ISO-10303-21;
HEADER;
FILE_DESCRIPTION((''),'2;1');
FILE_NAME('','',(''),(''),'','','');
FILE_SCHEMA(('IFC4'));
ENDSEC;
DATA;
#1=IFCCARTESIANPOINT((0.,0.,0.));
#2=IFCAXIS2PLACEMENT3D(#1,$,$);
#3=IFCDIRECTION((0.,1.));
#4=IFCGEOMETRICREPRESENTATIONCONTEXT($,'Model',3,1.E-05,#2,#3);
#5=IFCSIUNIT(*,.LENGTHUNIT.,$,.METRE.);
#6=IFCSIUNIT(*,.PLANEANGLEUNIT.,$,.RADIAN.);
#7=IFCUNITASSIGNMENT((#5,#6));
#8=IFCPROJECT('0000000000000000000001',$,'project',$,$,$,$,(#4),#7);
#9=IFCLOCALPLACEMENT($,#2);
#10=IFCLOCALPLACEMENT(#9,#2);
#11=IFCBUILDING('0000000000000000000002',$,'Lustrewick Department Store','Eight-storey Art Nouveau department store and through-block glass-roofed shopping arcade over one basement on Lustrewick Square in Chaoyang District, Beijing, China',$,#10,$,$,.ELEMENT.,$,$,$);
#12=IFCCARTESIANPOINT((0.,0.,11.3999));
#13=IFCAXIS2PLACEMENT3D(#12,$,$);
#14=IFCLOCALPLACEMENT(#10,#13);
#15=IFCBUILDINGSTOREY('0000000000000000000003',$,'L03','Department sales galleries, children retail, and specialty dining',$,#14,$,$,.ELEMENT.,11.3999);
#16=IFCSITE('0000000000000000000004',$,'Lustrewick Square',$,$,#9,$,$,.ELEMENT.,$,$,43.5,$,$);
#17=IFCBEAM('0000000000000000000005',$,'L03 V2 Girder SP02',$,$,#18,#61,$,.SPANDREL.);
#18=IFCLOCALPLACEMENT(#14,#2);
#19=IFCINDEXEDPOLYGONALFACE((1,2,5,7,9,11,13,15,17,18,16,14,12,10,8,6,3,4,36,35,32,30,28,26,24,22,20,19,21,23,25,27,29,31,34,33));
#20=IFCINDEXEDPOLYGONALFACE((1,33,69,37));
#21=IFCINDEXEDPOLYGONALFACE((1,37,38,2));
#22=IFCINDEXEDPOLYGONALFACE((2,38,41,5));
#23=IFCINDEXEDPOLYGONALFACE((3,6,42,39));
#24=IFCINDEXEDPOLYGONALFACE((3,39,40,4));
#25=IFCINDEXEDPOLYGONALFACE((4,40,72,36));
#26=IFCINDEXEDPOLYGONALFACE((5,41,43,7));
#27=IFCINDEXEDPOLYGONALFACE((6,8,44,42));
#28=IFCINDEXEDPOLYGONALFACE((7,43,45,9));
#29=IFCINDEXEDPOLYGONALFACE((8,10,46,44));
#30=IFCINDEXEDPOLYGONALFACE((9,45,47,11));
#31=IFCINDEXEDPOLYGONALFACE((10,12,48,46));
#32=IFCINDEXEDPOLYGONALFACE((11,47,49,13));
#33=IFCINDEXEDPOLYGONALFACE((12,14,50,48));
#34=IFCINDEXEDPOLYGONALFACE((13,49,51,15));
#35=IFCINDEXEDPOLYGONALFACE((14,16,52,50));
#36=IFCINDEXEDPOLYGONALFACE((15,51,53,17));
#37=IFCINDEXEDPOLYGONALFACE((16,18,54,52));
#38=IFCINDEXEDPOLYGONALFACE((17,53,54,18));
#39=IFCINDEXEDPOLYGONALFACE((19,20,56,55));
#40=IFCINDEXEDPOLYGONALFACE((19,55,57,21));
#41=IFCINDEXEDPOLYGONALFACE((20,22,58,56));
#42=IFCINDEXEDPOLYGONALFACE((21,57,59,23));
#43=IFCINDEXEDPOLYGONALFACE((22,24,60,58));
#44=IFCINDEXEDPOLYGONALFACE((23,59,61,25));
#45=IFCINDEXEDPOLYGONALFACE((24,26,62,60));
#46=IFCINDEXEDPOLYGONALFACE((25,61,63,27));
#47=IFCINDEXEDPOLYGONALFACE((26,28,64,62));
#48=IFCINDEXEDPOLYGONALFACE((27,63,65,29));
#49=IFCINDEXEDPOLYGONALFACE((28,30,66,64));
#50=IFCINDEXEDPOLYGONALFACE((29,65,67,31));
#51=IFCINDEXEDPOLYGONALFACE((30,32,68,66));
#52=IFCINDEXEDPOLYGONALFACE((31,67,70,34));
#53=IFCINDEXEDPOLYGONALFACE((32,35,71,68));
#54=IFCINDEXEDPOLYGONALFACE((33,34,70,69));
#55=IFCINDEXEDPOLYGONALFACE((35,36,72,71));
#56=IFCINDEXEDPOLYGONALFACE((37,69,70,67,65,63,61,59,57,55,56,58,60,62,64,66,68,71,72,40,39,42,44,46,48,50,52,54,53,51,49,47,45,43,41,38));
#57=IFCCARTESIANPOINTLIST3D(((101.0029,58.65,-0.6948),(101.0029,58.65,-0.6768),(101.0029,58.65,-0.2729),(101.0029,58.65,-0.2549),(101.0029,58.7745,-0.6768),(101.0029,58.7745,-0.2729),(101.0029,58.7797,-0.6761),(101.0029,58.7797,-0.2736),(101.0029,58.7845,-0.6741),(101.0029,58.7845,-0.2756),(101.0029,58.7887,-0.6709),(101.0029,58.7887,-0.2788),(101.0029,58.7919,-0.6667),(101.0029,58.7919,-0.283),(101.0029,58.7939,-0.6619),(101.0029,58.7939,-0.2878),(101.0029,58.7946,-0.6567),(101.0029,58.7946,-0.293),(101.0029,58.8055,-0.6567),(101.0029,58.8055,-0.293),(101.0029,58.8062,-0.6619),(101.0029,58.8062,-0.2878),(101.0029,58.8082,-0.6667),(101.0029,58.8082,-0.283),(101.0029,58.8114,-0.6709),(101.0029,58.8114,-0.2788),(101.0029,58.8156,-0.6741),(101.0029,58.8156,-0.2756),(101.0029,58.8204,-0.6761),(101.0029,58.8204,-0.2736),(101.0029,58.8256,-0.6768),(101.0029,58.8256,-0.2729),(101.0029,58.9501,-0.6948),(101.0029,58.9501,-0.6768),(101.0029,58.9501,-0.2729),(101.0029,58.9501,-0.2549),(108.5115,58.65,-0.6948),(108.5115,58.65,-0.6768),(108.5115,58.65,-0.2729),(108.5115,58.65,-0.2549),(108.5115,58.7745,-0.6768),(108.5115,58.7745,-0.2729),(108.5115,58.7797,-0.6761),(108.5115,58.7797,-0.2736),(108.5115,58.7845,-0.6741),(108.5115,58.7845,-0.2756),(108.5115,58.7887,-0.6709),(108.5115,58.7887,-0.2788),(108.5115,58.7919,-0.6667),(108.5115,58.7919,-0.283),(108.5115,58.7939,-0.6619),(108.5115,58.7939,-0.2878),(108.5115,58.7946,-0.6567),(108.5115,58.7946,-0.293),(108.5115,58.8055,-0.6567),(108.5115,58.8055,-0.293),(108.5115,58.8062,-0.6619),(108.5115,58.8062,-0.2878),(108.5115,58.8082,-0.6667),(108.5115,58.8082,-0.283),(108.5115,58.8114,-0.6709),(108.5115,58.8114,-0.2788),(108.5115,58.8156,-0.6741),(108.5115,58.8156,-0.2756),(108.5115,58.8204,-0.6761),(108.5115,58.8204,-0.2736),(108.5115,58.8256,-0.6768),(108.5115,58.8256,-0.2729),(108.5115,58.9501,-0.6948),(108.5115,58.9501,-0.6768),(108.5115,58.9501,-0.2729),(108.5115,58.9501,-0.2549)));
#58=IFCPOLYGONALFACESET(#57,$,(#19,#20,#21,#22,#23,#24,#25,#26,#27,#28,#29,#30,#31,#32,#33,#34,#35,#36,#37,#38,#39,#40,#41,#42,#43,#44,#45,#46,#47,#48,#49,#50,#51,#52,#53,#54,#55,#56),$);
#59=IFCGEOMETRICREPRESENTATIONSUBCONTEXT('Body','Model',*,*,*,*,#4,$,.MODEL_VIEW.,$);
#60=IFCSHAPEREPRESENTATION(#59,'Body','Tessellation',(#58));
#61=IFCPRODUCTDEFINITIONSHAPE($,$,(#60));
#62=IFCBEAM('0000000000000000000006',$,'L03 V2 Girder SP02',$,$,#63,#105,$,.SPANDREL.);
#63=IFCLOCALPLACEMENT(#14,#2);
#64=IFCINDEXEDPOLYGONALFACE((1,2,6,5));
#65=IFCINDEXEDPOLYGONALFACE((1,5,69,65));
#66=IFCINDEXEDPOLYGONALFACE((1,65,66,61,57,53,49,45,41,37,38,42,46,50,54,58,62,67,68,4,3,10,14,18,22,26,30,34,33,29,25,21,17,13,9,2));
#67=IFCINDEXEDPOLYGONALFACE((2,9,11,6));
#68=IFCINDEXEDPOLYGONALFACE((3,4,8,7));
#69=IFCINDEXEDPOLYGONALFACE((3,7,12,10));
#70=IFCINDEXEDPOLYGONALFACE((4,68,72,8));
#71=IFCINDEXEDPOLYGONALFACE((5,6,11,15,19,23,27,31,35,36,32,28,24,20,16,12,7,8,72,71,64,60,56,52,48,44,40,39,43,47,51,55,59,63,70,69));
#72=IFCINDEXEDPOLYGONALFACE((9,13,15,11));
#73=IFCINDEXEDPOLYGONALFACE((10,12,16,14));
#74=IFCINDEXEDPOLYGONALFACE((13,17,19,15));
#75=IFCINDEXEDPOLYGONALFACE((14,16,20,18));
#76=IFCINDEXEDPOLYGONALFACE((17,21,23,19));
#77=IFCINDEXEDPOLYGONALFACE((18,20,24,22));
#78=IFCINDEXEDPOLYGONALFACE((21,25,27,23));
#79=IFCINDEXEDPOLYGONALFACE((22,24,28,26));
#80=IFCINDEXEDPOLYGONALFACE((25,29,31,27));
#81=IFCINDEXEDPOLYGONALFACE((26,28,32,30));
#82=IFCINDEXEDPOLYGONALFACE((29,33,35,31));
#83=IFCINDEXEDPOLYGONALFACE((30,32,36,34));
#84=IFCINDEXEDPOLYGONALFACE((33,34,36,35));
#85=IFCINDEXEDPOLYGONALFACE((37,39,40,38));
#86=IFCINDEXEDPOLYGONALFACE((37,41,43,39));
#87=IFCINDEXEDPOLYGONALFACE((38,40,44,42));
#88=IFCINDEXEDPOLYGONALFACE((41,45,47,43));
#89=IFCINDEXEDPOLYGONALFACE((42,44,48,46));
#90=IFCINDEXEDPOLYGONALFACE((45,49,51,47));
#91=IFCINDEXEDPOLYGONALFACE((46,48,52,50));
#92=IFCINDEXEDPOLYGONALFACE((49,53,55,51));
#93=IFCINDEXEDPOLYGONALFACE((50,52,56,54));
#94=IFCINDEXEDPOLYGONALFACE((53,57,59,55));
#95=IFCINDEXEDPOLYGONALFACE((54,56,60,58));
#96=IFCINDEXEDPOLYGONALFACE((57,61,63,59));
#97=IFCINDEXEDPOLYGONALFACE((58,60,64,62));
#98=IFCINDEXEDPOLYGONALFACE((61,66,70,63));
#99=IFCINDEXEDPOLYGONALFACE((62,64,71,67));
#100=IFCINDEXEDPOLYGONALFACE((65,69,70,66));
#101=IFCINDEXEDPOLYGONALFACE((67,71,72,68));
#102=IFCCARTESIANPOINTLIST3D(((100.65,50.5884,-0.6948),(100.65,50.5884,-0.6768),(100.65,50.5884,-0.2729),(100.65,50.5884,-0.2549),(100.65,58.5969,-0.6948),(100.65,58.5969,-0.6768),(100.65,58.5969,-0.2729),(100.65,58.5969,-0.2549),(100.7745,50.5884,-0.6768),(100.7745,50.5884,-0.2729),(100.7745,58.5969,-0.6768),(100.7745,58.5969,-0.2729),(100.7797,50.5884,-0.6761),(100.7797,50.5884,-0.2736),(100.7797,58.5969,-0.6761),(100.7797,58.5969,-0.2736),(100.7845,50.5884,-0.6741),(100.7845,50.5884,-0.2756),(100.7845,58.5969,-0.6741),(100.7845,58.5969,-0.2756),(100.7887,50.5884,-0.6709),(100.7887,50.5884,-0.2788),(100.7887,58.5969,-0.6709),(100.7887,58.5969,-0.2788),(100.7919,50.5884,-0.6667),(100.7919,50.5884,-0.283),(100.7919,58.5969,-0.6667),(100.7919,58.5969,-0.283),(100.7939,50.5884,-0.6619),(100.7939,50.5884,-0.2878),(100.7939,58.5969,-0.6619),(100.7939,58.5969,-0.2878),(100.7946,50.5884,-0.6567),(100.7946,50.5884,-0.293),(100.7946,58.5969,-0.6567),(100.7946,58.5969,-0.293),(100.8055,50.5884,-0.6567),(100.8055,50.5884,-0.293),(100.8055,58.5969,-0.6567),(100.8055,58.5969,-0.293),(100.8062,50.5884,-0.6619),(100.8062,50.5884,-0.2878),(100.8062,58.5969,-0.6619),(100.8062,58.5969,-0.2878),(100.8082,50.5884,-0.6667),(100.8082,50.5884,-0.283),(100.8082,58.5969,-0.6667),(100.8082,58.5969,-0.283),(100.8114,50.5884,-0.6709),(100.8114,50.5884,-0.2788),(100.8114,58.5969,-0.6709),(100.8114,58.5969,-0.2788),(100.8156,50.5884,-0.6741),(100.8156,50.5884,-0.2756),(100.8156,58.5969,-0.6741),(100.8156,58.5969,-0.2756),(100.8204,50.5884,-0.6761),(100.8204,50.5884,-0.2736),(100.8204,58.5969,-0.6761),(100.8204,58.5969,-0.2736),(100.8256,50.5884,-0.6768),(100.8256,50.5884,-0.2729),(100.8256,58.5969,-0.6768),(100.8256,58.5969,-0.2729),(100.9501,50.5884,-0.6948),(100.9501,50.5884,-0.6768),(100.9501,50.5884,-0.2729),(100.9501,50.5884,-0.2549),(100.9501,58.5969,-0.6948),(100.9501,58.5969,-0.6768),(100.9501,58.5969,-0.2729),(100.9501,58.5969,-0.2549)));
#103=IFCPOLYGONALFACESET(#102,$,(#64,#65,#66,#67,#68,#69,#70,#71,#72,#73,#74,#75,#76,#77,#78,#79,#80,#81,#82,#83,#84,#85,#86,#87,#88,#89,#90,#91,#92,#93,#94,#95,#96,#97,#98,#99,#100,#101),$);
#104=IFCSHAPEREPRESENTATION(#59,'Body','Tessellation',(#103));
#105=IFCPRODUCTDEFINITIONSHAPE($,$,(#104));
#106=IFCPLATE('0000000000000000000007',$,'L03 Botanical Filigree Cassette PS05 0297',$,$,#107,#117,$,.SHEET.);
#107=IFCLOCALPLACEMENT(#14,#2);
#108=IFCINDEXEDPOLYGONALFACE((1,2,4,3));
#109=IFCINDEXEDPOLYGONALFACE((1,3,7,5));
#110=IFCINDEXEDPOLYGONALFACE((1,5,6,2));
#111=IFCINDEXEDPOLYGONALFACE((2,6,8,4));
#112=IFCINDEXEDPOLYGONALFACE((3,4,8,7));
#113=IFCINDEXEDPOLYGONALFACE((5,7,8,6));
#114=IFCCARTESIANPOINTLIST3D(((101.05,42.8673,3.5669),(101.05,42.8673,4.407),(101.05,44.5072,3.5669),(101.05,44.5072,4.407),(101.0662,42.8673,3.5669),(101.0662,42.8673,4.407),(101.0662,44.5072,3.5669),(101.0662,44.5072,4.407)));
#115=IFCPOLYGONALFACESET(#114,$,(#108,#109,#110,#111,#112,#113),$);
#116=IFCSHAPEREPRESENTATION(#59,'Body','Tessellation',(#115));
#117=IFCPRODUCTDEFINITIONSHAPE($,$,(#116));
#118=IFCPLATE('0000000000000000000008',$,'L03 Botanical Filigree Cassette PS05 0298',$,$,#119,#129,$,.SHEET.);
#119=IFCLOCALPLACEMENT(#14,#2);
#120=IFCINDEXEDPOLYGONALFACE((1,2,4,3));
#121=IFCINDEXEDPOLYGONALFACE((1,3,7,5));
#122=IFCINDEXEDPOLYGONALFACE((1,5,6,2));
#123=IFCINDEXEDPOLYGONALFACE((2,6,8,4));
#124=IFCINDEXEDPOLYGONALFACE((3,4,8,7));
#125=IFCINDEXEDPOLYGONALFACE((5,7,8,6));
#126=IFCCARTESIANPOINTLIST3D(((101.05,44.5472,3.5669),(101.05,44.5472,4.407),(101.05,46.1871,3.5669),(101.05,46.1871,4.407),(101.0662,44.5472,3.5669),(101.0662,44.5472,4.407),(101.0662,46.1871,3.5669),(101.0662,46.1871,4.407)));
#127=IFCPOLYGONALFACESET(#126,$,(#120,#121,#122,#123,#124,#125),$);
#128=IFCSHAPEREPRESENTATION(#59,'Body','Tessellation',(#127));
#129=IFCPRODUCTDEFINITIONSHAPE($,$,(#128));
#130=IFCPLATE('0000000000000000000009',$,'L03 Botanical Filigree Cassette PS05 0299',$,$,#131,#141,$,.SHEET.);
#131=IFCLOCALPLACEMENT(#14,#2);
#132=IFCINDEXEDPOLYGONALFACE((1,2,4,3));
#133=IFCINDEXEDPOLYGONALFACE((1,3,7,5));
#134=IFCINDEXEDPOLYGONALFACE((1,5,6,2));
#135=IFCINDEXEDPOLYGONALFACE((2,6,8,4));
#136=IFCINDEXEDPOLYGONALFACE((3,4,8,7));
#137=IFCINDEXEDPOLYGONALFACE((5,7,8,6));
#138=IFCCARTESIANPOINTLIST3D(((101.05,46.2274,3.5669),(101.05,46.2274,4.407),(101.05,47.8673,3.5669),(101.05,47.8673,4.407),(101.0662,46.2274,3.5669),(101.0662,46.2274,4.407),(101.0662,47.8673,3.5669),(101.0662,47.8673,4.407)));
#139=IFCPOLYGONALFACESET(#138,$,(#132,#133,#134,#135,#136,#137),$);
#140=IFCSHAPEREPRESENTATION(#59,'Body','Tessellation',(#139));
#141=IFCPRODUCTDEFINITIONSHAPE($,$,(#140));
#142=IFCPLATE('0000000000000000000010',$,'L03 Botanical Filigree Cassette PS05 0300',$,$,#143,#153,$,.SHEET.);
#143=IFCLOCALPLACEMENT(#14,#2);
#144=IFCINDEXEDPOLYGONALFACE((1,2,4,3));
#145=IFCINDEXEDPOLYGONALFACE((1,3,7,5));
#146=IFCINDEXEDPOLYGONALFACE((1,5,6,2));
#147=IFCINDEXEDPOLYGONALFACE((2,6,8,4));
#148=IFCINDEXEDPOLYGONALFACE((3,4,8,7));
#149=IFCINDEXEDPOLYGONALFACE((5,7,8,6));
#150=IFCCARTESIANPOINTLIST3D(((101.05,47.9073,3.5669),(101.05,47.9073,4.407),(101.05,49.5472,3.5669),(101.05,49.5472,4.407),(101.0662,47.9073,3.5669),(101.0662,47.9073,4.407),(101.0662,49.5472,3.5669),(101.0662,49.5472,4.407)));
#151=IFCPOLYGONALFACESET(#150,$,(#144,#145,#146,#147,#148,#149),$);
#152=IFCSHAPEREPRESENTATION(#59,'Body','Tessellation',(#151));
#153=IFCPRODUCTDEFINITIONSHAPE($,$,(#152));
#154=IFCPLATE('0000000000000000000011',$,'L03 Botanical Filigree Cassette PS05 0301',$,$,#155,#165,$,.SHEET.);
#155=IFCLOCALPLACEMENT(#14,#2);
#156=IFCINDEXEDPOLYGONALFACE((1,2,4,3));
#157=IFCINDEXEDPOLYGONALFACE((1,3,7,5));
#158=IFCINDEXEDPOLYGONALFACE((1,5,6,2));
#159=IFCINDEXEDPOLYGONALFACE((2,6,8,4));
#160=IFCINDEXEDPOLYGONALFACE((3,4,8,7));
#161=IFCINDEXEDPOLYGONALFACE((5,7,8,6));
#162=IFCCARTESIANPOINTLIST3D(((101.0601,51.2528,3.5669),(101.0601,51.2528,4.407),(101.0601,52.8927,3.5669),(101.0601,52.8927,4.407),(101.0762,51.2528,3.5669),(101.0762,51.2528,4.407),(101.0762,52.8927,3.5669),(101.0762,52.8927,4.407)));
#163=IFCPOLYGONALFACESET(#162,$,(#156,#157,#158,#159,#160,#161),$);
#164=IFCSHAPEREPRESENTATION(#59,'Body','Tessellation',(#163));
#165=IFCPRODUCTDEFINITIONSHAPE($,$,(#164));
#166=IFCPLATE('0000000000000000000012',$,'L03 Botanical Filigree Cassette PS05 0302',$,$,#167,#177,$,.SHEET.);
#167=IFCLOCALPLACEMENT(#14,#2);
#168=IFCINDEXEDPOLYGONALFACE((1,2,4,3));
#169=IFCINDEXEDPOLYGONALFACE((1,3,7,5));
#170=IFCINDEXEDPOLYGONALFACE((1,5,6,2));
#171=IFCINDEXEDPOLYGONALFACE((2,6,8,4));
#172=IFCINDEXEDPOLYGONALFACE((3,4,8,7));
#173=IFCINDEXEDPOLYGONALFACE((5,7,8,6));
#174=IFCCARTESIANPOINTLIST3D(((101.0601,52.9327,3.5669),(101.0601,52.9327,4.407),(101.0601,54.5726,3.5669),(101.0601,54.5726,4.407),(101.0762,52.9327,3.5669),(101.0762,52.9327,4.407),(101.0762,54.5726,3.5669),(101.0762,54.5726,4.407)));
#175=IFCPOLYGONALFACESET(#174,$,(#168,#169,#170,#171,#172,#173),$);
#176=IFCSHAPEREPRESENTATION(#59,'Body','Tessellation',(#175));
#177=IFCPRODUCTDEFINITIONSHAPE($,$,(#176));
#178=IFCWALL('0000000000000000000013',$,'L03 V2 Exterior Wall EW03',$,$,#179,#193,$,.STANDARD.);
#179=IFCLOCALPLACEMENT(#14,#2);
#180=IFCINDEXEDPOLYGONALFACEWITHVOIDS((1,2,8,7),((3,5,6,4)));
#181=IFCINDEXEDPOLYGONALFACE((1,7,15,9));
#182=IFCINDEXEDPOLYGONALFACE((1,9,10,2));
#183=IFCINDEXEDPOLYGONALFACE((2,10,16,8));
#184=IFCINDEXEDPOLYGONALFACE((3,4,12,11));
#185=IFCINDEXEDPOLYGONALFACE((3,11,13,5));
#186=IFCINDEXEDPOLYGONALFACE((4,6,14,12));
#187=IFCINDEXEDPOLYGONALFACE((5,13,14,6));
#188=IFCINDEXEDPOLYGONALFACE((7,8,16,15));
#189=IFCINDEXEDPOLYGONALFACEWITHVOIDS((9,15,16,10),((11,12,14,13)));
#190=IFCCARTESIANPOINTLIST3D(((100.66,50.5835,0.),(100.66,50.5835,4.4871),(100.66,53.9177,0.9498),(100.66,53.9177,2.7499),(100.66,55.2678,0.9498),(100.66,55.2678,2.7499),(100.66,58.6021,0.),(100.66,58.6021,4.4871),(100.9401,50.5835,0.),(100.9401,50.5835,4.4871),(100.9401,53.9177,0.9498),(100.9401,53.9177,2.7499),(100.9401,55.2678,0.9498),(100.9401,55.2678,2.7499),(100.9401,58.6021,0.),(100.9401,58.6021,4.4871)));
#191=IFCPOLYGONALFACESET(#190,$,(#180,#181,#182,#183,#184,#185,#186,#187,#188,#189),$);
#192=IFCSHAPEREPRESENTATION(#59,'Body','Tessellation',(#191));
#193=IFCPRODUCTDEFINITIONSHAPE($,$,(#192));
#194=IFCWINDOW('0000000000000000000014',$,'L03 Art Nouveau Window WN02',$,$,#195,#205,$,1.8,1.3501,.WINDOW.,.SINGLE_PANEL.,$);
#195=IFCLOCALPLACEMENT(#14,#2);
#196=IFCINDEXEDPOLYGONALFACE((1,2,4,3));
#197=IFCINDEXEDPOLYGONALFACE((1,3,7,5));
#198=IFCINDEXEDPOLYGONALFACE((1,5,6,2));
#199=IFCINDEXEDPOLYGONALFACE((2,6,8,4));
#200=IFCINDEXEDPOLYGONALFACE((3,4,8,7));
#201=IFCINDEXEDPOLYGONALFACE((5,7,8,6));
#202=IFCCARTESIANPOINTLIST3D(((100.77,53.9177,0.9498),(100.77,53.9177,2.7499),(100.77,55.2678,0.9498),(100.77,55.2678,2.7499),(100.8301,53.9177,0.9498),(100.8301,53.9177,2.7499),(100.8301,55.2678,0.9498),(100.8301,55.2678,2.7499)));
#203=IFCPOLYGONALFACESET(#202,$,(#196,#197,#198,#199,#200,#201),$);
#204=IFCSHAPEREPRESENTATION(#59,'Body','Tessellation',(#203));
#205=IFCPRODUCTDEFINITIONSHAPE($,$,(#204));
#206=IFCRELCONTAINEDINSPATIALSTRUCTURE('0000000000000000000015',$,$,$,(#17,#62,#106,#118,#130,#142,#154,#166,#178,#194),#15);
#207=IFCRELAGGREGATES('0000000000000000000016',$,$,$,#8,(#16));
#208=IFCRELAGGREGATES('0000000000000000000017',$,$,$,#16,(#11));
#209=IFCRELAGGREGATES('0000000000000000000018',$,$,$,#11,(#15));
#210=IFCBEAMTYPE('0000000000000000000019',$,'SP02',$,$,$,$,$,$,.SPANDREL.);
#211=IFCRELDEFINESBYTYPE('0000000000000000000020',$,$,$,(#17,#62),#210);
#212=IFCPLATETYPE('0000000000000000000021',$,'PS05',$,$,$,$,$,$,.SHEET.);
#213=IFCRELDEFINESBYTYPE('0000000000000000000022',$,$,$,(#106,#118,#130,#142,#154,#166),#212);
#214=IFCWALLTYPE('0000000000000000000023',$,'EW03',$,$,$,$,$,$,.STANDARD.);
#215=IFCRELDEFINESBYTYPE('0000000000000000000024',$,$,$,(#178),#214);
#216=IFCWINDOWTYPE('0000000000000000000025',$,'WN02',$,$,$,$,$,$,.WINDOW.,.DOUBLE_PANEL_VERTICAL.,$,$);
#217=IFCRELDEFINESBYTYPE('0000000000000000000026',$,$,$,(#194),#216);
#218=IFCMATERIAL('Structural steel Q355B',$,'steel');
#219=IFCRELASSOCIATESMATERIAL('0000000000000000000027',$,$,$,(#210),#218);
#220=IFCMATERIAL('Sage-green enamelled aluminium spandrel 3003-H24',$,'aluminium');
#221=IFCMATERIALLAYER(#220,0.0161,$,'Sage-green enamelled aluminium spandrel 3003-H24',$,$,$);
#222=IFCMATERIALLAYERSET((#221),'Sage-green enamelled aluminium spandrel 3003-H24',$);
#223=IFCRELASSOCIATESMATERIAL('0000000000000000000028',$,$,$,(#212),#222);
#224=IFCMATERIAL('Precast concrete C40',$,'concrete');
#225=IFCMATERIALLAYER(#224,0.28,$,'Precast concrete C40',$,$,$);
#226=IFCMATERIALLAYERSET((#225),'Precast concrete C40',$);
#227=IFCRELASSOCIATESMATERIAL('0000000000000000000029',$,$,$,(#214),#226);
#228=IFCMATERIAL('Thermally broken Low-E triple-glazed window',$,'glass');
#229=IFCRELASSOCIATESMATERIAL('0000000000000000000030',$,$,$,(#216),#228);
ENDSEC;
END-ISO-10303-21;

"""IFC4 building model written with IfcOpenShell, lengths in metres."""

from ifc_helpers import new_model, si_unit, direction, frame, frame_2d, origin, origin_2d, place, context, subcontext, project, spatial, rectangle, i_section, extrude, material, layer, layer_set, material_profile, profile_set, type_object, element, fill, save


model = new_model("IFC4")

# Units and contexts
model_context = context("Model", 3, precision=1e-05, world=origin(), true_north=direction((0.0, 1.0)))
body_context = subcontext(model_context, "Body", "Model", "MODEL_VIEW")
ifc_project = project(units=[si_unit("LENGTHUNIT", "METRE"), si_unit("PLANEANGLEUNIT", "RADIAN")], contexts=[model_context])

# Site, building, storey
site_placement = place(None, origin())
site = spatial("IfcSite", under=ifc_project, at=site_placement, Name="Lustrewick Square", CompositionType="ELEMENT", RefElevation=43.5)
building_placement = place(site_placement, origin())
building = spatial("IfcBuilding", under=site, at=building_placement, Name="Lustrewick Department Store", Description="Eight-storey Art Nouveau department store and through-block glass-roofed shopping arcade over one basement on Lustrewick Square in Chaoyang District, Beijing, China", CompositionType="ELEMENT")
storey_placement = place(building_placement, frame((0.0, 0.0, 11.3999)))
storey = spatial("IfcBuildingStorey", under=building, at=storey_placement, Name="L03", Description="Department sales galleries, children retail, and specialty dining", CompositionType="ELEMENT", Elevation=11.3999)

# Shared definitions
ifc_material_1 = material(Name="Structural steel Q355B", Category="steel")

# Beams
ifc_material_profile_1 = material_profile(ifc_material_1, i_section(OverallWidth=0.3, OverallDepth=0.4399, WebThickness=0.011, FlangeThickness=0.0181, FilletRadius=0.02, at=origin_2d()), Name="HM 440x300x11x18")
ifc_profile_set_1 = profile_set([ifc_material_profile_1], Name="Structural steel Q355B")
beam_type_1 = type_object("IfcBeamType", Name="SP02", PredefinedType="SPANDREL", material=ifc_profile_set_1)
beam_1_placement = place(storey_placement, frame((101.0029, 58.8, -0.4749), z_axis=(1.0, 0.0, 0.0), x_axis=(0.0, 1.0, 0.0)))
element("IfcBeam", 1, at=beam_1_placement, inside=storey, type_object=beam_type_1, Name="L03 V2 Girder SP02", PredefinedType="SPANDREL", context=body_context, shape_type="SweptSolid", body=[
    extrude(i_section(OverallWidth=0.3, OverallDepth=0.4399, WebThickness=0.011, FlangeThickness=0.0181, FilletRadius=0.02, at=origin_2d()), origin(), (0.0, 0.0, 1.0), 7.5085),
])
beam_2_placement = place(storey_placement, frame((100.8, 50.5884, -0.4749), z_axis=(0.0, 1.0, 0.0), x_axis=(-1.0, 0.0, 0.0)))
element("IfcBeam", 2, at=beam_2_placement, inside=storey, type_object=beam_type_1, Name="L03 V2 Girder SP02", PredefinedType="SPANDREL", context=body_context, shape_type="SweptSolid", body=[
    extrude(i_section(OverallWidth=0.3, OverallDepth=0.4399, WebThickness=0.011, FlangeThickness=0.0181, FilletRadius=0.02, at=origin_2d()), origin(), (0.0, 0.0, 1.0), 8.0085),
])

# Plates
ifc_material_2 = material(Name="Sage-green enamelled aluminium spandrel 3003-H24", Category="aluminium")
ifc_layer_1 = layer(ifc_material_2, 0.0161, Name="Sage-green enamelled aluminium spandrel 3003-H24")
ifc_layer_set_1 = layer_set([ifc_layer_1], Name="Sage-green enamelled aluminium spandrel 3003-H24")
plate_type = type_object("IfcPlateType", Name="PS05", PredefinedType="SHEET", material=ifc_layer_set_1)
for number, where, z_axis, x_axis, name in (
    (3, (101.0581, 43.6873, 3.5669), (0.0, 0.0, 1.0), (0.0, 1.0, 0.0), "L03 Botanical Filigree Cassette PS05 0297"),
    (4, (101.0581, 45.3672, 3.5669), (0.0, 0.0, 1.0), (0.0, 1.0, 0.0), "L03 Botanical Filigree Cassette PS05 0298"),
    (5, (101.0581, 47.0474, 3.5669), (0.0, 0.0, 1.0), (0.0, 1.0, 0.0), "L03 Botanical Filigree Cassette PS05 0299"),
    (6, (101.0581, 48.7273, 3.5669), (0.0, 0.0, 1.0), (0.0, 1.0, 0.0), "L03 Botanical Filigree Cassette PS05 0300"),
    (7, (101.0681, 52.0728, 3.5669), (0.0, 0.0, 1.0), (0.0, 1.0, 0.0), "L03 Botanical Filigree Cassette PS05 0301"),
    (8, (101.0681, 53.7527, 3.5669), (0.0, 0.0, 1.0), (0.0, 1.0, 0.0), "L03 Botanical Filigree Cassette PS05 0302"),
):
    element("IfcPlate", number, at=place(storey_placement, frame(where, z_axis=z_axis, x_axis=x_axis)), inside=storey, type_object=plate_type, Name=name, PredefinedType="SHEET", context=body_context, shape_type="SweptSolid", body=[
        extrude(rectangle(XDim=1.6399, YDim=0.0161, at=origin_2d()), origin(), (0.0, 0.0, 1.0), 0.8401),
    ])

# Wall, opening, window
ifc_material_3 = material(Name="Precast concrete C40", Category="concrete")
ifc_layer_2 = layer(ifc_material_3, 0.28, Name="Precast concrete C40")
ifc_layer_set_2 = layer_set([ifc_layer_2], Name="Precast concrete C40")
wall_type_1 = type_object("IfcWallType", Name="EW03", PredefinedType="STANDARD", material=ifc_layer_set_2)
wall_1_placement = place(storey_placement, frame((100.8, 50.5835, 0.0), z_axis=(0.0, 0.0, 1.0), x_axis=(0.0, 1.0, 0.0)))
wall_1 = element("IfcWall", 9, at=wall_1_placement, inside=storey, type_object=wall_type_1, Name="L03 V2 Exterior Wall EW03", PredefinedType="STANDARD", context=body_context, shape_type="SweptSolid", body=[
    extrude(rectangle(XDim=8.0186, YDim=0.28, at=frame_2d((4.0093, 0.0))), origin(), (0.0, 0.0, 1.0), 4.4871),
])
opening_1_placement = place(wall_1_placement, frame((3.3342, 0.0, 0.95)))
opening_1 = element("IfcOpeningElement", 10, at=opening_1_placement, cuts=wall_1, PredefinedType="OPENING", context=body_context, shape_type="SweptSolid", body=[
    extrude(rectangle(XDim=1.3501, YDim=1.8, at=frame_2d((0.675, 0.8999))), frame((0.0, 0.1499, 0.0), z_axis=(0.0, -1.0, 0.0), x_axis=(1.0, 0.0, 0.0)), (0.0, 0.0, 1.0), 0.3),
])
ifc_material_4 = material(Name="Thermally broken Low-E triple-glazed window", Category="glass")
window_type_1 = type_object("IfcWindowType", Name="WN02", PartitioningType="DOUBLE_PANEL_VERTICAL", PredefinedType="WINDOW", material=ifc_material_4)
window_1_placement = place(opening_1_placement, origin())
window_1 = element("IfcWindow", 11, at=window_1_placement, inside=storey, type_object=window_type_1, Name="L03 Art Nouveau Window WN02", OverallHeight=1.8, OverallWidth=1.3501, PartitioningType="SINGLE_PANEL", PredefinedType="WINDOW", context=body_context, shape_type="SweptSolid", body=[
    extrude(rectangle(XDim=1.3501, YDim=1.8, at=frame_2d((0.675, 0.8999))), frame((0.0, 0.03, 0.0), z_axis=(0.0, -1.0, 0.0), x_axis=(1.0, 0.0, 0.0)), (0.0, 0.0, 1.0), 0.0601),
])
fill(opening_1, window_1)

save(model, "model.ifc")
